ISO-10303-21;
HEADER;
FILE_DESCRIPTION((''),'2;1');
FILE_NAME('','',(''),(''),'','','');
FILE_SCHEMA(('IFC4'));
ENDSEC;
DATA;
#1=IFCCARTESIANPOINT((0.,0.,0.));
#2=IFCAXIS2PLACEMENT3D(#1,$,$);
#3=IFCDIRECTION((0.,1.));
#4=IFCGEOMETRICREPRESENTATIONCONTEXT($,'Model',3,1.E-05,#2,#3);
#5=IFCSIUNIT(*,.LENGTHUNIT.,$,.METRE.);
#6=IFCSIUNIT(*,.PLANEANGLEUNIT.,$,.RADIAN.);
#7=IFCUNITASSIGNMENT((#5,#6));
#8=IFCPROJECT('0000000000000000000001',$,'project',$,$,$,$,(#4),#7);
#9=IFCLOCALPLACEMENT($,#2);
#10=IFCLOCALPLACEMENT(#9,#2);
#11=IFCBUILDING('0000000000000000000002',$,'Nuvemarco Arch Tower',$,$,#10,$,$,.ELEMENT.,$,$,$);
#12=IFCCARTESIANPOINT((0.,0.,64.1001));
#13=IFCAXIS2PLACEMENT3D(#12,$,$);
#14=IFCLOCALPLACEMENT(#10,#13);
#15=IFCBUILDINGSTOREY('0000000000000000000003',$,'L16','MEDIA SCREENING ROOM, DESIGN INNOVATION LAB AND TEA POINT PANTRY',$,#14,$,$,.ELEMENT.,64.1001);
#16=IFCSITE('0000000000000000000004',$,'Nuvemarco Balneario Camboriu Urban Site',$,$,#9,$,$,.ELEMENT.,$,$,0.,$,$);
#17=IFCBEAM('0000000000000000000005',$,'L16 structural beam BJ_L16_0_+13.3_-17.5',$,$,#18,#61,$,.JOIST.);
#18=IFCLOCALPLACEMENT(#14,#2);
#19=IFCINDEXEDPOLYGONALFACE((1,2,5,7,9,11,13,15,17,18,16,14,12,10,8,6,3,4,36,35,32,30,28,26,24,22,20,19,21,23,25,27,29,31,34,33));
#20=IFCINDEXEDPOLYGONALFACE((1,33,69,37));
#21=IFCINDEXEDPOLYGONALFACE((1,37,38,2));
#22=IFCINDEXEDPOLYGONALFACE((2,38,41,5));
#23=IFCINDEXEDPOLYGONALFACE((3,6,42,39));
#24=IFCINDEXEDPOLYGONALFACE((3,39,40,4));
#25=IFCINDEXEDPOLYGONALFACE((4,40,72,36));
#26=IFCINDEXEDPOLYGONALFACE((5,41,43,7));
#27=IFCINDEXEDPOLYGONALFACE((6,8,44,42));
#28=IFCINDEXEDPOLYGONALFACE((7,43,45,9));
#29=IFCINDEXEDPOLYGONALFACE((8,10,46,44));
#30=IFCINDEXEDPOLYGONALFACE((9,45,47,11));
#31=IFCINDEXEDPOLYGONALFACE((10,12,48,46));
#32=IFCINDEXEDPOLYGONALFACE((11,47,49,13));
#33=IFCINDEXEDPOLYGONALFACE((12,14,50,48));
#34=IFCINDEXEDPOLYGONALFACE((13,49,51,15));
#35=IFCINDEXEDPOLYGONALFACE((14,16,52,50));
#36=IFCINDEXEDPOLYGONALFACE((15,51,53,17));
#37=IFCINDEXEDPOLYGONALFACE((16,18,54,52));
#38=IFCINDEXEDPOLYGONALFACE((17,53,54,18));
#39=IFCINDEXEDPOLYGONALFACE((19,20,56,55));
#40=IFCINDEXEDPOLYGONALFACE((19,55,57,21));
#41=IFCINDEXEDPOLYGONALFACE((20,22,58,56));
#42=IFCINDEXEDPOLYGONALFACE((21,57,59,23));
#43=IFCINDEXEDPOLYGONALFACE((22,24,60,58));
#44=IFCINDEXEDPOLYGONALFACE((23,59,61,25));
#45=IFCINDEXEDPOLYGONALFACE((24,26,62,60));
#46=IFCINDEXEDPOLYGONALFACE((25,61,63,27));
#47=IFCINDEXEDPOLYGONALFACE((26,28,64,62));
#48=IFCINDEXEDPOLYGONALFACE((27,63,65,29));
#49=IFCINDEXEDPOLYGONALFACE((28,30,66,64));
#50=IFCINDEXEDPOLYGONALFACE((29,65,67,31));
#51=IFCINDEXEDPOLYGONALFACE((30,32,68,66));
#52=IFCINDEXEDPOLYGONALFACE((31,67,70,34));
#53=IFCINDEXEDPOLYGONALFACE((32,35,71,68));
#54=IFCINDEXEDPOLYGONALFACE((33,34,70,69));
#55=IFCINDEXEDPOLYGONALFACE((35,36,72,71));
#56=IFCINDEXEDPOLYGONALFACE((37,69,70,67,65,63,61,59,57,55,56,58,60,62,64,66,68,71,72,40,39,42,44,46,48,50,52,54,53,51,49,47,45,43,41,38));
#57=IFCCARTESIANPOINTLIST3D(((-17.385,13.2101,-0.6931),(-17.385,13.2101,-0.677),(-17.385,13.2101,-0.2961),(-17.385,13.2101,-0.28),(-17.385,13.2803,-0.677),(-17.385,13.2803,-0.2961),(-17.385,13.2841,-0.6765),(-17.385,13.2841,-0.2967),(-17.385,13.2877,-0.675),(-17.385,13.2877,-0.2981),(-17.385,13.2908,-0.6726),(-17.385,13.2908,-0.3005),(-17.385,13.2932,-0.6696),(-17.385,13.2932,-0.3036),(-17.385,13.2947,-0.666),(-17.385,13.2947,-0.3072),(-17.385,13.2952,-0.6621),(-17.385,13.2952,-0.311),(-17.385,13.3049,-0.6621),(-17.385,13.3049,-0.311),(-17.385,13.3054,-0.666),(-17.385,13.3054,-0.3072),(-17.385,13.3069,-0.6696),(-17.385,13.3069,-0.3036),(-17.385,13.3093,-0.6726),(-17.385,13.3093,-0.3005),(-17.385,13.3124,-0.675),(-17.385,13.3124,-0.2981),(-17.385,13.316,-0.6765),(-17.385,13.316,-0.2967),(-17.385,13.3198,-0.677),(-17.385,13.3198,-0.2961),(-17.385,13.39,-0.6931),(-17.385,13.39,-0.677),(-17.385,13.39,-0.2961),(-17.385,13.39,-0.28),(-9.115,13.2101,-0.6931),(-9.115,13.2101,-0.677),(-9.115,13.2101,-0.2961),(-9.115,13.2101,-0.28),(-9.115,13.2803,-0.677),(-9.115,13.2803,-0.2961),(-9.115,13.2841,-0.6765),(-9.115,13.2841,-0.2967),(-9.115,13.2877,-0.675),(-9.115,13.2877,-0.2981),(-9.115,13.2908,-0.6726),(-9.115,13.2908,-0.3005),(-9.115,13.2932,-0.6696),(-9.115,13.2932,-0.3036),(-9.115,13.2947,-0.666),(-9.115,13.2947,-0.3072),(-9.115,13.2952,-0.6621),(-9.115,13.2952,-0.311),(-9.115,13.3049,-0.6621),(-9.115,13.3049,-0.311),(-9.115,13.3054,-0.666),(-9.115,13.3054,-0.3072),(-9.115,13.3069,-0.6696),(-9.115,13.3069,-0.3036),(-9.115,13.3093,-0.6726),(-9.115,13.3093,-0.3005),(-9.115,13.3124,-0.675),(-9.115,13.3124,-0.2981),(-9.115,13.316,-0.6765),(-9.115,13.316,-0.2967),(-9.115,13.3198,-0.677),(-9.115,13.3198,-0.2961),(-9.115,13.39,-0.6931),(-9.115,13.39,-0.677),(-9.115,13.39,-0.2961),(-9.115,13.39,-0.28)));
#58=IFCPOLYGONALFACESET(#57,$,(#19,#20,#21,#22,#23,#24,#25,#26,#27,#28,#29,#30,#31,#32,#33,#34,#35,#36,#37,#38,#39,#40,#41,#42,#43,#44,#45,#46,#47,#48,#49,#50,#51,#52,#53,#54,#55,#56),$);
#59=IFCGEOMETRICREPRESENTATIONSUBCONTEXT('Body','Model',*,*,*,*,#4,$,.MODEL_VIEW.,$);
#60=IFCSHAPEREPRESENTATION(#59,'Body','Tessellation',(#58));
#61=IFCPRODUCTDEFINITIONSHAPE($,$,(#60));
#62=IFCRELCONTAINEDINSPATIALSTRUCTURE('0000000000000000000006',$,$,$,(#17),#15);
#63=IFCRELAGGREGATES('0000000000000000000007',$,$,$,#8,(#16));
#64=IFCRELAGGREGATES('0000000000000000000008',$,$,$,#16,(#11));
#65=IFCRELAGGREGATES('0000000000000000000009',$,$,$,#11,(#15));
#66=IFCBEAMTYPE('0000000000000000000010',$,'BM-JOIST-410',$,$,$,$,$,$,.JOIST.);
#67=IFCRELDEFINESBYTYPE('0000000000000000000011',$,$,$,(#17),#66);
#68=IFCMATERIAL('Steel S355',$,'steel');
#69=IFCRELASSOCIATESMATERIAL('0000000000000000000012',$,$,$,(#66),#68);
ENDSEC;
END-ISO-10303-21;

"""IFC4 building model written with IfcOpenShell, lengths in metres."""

from ifc_helpers import new_model, si_unit, direction, frame, origin, origin_2d, place, context, subcontext, project, spatial, i_section, extrude, material, material_profile, profile_set, type_object, element, save


model = new_model("IFC4")

# Units and contexts
model_context = context("Model", 3, precision=1e-05, world=origin(), true_north=direction((0.0, 1.0)))
body_context = subcontext(model_context, "Body", "Model", "MODEL_VIEW")
ifc_project = project(units=[si_unit("LENGTHUNIT", "METRE"), si_unit("PLANEANGLEUNIT", "RADIAN")], contexts=[model_context])

# Site, building, storey
site_placement = place(None, origin())
site = spatial("IfcSite", under=ifc_project, at=site_placement, Name="Nuvemarco Balneario Camboriu Urban Site", CompositionType="ELEMENT", RefElevation=0.0)
building_placement = place(site_placement, origin())
building = spatial("IfcBuilding", under=site, at=building_placement, Name="Nuvemarco Arch Tower", CompositionType="ELEMENT")
storey_placement = place(building_placement, frame((0.0, 0.0, 64.1001)))
storey = spatial("IfcBuildingStorey", under=building, at=storey_placement, Name="L16", Description="MEDIA SCREENING ROOM, DESIGN INNOVATION LAB AND TEA POINT PANTRY", CompositionType="ELEMENT", Elevation=64.1001)

# Shared definitions
ifc_material_1 = material(Name="Steel S355", Category="steel")

# Beam
ifc_material_profile_1 = material_profile(ifc_material_1, i_section(OverallWidth=0.1799, OverallDepth=0.4131, WebThickness=0.0098, FlangeThickness=0.0161, FilletRadius=0.0149, at=origin_2d()), Name="W410x75")
ifc_profile_set_1 = profile_set([ifc_material_profile_1], Name="Steel S355")
beam_type_1 = type_object("IfcBeamType", Name="BM-JOIST-410", PredefinedType="JOIST", material=ifc_profile_set_1)
beam_1_placement = place(storey_placement, frame((-17.385, 13.3, -0.4866), z_axis=(1.0, 0.0, 0.0), x_axis=(0.0, 1.0, 0.0)))
element("IfcBeam", 1, at=beam_1_placement, inside=storey, type_object=beam_type_1, Name="L16 structural beam BJ_L16_0_+13.3_-17.5", PredefinedType="JOIST", context=body_context, shape_type="SweptSolid", body=[
    extrude(i_section(OverallWidth=0.1799, OverallDepth=0.4131, WebThickness=0.0098, FlangeThickness=0.0161, FilletRadius=0.0149, at=origin_2d()), origin(), (0.0, 0.0, 1.0), 8.27),
])

save(model, "model.ifc")
